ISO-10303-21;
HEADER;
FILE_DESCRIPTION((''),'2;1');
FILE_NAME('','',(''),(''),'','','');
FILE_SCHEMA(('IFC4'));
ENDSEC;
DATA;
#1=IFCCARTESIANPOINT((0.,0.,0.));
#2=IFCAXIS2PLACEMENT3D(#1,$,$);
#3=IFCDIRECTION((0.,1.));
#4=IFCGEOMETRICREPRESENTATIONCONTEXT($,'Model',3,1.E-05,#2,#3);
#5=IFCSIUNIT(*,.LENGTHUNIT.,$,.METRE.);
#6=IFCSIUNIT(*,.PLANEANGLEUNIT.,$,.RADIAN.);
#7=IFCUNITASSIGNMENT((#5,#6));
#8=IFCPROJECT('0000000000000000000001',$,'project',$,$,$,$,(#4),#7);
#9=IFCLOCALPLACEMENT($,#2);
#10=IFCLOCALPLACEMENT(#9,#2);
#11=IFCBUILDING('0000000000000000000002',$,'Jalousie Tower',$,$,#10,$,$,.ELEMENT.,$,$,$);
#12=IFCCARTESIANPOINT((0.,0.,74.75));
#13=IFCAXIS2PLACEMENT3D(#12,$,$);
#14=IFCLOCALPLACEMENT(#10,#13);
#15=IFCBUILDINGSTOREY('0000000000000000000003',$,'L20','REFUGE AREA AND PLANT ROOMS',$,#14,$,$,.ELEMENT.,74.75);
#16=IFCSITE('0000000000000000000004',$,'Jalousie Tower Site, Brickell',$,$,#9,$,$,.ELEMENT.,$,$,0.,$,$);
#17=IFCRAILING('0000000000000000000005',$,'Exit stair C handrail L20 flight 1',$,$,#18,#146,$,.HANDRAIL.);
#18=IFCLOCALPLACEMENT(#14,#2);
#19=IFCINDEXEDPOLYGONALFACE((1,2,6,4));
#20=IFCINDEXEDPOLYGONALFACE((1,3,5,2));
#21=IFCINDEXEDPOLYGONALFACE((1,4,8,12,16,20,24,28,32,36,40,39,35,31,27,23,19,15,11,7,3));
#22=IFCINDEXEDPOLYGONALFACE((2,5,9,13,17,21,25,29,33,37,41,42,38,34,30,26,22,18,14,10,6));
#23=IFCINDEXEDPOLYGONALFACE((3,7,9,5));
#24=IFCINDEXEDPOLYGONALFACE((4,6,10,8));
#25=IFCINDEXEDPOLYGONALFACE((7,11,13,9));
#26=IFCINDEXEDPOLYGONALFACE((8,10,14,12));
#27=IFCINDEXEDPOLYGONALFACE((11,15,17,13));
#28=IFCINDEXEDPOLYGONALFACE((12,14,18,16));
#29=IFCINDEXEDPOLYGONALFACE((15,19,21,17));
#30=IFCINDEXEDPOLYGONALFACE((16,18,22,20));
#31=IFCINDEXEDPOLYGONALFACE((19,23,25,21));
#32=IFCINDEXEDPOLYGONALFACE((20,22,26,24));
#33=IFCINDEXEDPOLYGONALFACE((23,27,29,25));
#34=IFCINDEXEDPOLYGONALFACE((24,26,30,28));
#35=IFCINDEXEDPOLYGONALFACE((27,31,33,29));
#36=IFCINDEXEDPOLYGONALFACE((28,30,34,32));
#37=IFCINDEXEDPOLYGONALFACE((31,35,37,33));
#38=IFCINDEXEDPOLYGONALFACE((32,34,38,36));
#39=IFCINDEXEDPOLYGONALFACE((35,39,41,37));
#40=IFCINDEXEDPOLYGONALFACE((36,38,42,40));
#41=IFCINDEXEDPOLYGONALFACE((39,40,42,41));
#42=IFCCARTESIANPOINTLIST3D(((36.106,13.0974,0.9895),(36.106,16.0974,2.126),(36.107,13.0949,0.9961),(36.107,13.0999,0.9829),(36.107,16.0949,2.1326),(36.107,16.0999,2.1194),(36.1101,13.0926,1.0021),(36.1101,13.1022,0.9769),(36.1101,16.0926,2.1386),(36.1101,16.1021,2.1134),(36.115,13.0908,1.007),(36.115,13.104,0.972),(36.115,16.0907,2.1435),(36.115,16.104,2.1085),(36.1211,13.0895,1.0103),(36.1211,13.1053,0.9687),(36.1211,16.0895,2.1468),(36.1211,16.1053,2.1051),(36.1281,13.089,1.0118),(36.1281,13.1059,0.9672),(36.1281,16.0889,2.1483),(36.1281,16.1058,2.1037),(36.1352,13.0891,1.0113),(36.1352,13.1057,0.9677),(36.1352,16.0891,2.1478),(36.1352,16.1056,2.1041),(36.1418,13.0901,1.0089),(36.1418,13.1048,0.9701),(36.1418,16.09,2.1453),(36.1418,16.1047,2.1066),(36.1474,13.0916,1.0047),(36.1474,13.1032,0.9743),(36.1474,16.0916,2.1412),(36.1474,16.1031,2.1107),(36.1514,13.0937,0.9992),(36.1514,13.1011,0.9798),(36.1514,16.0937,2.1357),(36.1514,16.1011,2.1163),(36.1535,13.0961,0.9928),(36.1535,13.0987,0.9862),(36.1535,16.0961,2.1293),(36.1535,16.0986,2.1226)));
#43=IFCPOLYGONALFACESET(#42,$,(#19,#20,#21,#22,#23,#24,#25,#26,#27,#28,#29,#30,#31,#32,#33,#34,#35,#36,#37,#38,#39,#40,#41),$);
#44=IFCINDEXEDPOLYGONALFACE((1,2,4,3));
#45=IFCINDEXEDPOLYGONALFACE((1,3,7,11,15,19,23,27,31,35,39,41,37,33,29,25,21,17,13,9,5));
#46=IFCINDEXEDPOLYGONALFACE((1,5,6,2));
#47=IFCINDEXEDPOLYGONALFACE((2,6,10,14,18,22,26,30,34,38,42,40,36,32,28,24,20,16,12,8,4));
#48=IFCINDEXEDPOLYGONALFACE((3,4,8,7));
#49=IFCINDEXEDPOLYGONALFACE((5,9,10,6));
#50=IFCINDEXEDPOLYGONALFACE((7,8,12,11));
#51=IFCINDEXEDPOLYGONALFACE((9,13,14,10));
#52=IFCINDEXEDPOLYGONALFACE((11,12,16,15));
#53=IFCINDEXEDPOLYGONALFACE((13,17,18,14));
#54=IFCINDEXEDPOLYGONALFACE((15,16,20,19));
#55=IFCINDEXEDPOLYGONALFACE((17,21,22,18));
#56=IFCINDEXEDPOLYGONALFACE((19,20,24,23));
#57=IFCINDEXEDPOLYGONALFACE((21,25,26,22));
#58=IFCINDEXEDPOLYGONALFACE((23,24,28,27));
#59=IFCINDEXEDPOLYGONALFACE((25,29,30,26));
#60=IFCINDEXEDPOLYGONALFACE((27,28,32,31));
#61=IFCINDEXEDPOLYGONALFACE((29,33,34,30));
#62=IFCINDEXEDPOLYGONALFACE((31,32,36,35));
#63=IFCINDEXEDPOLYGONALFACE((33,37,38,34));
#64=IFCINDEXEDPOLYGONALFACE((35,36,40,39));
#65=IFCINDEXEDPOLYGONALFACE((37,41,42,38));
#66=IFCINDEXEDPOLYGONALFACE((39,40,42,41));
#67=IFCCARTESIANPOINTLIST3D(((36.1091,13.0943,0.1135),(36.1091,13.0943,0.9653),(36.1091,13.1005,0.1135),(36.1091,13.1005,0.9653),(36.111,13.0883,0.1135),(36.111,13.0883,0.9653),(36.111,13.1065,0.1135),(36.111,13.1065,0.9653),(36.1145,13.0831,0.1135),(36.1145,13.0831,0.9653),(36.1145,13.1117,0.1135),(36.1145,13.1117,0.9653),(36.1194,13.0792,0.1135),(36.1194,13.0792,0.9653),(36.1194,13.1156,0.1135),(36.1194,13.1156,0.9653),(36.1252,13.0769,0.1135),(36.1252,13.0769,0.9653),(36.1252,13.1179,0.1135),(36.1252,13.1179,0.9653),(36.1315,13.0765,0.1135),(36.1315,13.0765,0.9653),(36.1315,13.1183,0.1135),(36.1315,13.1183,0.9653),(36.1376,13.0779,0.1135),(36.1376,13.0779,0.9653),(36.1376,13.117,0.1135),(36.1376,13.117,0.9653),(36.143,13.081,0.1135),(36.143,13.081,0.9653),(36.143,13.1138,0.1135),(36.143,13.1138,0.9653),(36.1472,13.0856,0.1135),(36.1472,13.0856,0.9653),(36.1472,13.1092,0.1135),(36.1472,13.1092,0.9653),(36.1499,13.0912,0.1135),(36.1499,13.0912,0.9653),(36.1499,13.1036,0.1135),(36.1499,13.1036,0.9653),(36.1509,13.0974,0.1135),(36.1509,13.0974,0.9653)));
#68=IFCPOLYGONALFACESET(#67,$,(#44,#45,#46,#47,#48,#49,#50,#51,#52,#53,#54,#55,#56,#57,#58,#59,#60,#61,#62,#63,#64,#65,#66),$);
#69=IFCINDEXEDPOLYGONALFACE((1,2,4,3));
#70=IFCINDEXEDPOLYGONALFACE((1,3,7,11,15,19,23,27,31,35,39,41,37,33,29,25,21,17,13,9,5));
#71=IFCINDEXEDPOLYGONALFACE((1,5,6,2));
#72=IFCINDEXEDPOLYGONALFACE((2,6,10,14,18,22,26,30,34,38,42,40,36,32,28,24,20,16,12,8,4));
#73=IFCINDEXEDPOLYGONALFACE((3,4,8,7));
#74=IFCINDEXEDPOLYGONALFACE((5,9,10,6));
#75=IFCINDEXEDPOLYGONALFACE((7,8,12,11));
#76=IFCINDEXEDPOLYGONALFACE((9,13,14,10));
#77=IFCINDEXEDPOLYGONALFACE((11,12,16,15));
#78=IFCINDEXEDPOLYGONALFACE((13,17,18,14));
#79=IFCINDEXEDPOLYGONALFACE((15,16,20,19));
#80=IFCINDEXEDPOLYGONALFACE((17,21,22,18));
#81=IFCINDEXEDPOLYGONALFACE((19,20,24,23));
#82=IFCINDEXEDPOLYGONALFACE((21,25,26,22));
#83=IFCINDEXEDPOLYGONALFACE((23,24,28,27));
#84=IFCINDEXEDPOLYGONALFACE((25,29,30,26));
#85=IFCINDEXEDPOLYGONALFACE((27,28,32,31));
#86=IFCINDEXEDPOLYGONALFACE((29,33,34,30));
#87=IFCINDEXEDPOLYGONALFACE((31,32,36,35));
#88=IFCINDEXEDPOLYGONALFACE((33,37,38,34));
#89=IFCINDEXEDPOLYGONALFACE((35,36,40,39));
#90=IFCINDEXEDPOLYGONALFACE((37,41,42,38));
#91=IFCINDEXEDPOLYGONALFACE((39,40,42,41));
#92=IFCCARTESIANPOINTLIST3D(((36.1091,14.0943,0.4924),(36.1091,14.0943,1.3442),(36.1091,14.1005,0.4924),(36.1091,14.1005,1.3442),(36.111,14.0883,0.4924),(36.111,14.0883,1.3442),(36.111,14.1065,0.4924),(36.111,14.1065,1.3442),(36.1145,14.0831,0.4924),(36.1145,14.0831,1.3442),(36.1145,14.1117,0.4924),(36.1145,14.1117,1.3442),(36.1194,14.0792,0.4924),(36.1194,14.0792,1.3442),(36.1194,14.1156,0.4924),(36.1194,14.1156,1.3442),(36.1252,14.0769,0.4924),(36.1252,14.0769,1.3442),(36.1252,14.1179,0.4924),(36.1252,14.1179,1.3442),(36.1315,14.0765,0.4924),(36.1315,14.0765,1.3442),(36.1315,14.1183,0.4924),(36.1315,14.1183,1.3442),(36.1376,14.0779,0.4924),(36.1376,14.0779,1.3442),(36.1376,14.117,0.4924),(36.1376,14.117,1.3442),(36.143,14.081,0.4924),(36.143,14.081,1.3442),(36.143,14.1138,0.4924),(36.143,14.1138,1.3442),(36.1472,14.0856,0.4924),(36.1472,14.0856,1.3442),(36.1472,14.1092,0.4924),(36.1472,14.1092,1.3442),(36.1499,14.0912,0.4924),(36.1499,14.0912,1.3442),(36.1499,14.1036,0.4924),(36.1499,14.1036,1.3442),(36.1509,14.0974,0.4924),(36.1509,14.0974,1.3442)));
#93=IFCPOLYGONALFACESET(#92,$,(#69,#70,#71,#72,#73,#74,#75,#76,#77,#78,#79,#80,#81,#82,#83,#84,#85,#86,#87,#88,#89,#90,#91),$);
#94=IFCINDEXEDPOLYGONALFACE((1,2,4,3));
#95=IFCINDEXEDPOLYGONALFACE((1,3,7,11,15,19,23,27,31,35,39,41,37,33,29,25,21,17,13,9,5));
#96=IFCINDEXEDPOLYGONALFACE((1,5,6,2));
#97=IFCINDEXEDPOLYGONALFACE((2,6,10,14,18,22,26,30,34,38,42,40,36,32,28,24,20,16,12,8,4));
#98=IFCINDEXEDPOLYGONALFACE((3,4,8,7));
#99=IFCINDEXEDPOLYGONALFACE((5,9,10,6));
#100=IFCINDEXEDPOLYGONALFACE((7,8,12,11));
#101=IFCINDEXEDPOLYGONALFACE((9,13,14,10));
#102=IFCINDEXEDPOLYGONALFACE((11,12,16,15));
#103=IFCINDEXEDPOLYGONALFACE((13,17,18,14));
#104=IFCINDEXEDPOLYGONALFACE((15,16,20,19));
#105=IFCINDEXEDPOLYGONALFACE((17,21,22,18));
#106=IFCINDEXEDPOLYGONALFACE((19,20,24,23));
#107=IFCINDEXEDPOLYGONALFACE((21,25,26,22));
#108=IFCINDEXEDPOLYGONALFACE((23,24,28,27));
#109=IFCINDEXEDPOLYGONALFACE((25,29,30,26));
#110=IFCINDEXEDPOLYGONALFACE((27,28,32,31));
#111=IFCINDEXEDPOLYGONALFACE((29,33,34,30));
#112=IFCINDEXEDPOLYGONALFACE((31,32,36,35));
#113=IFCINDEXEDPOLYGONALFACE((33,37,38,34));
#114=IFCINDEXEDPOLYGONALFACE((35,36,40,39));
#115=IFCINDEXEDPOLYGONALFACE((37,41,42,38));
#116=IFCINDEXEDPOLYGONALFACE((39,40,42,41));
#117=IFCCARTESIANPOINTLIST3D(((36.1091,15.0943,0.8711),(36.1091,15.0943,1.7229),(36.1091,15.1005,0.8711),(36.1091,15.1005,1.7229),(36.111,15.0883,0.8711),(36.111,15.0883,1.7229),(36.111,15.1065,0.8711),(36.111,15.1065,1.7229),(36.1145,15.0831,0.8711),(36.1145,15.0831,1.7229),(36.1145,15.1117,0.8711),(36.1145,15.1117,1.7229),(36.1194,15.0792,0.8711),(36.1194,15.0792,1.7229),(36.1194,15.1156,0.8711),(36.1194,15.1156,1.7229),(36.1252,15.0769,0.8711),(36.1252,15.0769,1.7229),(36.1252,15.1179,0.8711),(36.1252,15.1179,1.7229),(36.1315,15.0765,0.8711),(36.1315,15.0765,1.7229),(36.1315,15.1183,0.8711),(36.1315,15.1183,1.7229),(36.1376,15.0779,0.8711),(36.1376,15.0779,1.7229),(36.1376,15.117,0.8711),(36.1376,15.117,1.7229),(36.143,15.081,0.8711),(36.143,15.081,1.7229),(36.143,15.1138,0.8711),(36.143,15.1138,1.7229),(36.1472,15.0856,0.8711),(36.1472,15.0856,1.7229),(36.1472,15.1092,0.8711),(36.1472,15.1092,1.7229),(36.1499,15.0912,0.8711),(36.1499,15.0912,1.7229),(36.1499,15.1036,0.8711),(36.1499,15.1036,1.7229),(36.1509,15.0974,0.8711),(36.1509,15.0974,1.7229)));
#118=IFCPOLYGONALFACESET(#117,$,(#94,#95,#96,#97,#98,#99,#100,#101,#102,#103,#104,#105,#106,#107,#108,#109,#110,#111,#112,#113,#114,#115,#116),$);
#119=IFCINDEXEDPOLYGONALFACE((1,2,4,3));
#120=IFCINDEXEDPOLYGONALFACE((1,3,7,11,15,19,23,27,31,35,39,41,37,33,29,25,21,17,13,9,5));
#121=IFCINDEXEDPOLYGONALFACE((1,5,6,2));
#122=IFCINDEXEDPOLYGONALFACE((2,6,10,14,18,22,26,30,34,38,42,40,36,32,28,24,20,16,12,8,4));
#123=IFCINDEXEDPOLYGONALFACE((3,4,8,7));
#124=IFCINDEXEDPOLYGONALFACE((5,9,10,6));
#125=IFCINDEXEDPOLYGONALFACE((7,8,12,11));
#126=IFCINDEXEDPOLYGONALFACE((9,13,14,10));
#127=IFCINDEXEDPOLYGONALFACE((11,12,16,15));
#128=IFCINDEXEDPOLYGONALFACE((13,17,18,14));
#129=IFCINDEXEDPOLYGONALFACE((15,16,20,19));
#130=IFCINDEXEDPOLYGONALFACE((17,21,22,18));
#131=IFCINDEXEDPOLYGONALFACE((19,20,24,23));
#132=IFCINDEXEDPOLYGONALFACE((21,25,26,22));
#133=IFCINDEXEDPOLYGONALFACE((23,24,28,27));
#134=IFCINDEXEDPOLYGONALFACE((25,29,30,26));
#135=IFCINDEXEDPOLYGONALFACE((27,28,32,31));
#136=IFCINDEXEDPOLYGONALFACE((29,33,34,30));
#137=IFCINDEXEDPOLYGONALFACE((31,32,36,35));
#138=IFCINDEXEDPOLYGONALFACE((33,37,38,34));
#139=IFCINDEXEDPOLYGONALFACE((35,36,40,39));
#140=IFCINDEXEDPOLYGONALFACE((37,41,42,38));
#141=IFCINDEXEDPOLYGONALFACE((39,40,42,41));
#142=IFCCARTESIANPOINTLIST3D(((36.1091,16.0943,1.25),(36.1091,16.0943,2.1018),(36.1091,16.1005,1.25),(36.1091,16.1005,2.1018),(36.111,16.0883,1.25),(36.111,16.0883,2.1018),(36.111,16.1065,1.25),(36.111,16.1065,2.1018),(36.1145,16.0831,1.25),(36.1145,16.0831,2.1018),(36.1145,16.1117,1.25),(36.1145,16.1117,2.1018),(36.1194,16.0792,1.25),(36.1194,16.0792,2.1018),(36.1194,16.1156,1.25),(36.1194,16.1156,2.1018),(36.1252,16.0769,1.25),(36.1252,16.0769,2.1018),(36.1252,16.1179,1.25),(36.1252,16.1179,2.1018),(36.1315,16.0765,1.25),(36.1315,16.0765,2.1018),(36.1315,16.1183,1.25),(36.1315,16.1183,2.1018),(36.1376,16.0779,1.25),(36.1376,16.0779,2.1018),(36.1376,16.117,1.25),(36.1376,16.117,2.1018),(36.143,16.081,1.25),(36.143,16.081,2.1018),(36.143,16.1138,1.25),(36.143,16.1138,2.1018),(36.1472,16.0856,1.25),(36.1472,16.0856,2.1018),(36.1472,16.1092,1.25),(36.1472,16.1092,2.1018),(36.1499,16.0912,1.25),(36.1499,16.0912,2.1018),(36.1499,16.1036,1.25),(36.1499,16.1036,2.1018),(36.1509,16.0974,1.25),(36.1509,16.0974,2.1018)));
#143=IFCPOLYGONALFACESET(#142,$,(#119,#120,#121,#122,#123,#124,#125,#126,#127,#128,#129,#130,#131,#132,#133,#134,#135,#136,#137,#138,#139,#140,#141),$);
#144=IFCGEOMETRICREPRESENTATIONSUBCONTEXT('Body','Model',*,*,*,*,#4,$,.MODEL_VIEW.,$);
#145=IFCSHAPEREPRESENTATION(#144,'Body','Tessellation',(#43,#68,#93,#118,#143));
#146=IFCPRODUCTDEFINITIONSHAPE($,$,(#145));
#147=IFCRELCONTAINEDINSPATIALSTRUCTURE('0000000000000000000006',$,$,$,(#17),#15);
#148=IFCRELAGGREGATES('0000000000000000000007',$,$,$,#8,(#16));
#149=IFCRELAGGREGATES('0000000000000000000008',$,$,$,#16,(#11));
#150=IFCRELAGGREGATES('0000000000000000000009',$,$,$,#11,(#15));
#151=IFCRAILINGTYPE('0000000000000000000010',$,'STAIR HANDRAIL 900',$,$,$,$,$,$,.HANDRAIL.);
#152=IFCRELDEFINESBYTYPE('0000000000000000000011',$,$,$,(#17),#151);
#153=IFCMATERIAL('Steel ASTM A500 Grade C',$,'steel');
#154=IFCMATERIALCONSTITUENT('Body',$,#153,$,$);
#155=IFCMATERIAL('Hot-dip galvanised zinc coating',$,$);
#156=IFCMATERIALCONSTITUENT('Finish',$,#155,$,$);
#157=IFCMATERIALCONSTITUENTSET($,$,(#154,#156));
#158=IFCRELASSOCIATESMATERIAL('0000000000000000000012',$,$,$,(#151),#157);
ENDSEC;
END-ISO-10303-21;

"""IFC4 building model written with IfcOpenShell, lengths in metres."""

from ifc_helpers import new_model, si_unit, direction, frame, origin, origin_2d, place, context, subcontext, project, spatial, circle, extrude, material, constituent, constituent_set, type_object, element, save


model = new_model("IFC4")

# Units and contexts
model_context = context("Model", 3, precision=1e-05, world=origin(), true_north=direction((0.0, 1.0)))
body_context = subcontext(model_context, "Body", "Model", "MODEL_VIEW")
ifc_project = project(units=[si_unit("LENGTHUNIT", "METRE"), si_unit("PLANEANGLEUNIT", "RADIAN")], contexts=[model_context])

# Site, building, storey
site_placement = place(None, origin())
site = spatial("IfcSite", under=ifc_project, at=site_placement, Name="Jalousie Tower Site, Brickell", CompositionType="ELEMENT", RefElevation=0.0)
building_placement = place(site_placement, origin())
building = spatial("IfcBuilding", under=site, at=building_placement, Name="Jalousie Tower", CompositionType="ELEMENT")
storey_placement = place(building_placement, frame((0.0, 0.0, 74.75)))
storey = spatial("IfcBuildingStorey", under=building, at=storey_placement, Name="L20", Description="REFUGE AREA AND PLANT ROOMS", CompositionType="ELEMENT", Elevation=74.75)

# Railing
ifc_material_1 = material(Name="Steel ASTM A500 Grade C", Category="steel")
ifc_constituent_1 = constituent(ifc_material_1, Name="Body")
ifc_material_2 = material(Name="Hot-dip galvanised zinc coating")
ifc_constituent_2 = constituent(ifc_material_2, Name="Finish")
ifc_constituent_set_1 = constituent_set(constituents=[ifc_constituent_1, ifc_constituent_2])
railing_type_1 = type_object("IfcRailingType", Name="STAIR HANDRAIL 900", PredefinedType="HANDRAIL", material=ifc_constituent_set_1)
for number, where, name in (
    (1, (36.1299, 13.0974, 0.1135), "Exit stair C handrail L20 flight 1"),
):
    element("IfcRailing", number, at=place(storey_placement, frame(where)), inside=storey, type_object=railing_type_1, Name=name, PredefinedType="HANDRAIL", context=body_context, shape_type="SweptSolid", body=[
        extrude(circle(Radius=0.0239, at=origin_2d()), frame((0.0, 0.0, 0.876), z_axis=(0.0, 0.935148, 0.354257), x_axis=(-1.0, 0.0, 0.0)), (0.0, 0.0, 1.0), 3.208),
        extrude(circle(Radius=0.021, at=origin_2d()), origin(), (0.0, 0.0, 1.0), 0.8518),
        extrude(circle(Radius=0.021, at=origin_2d()), frame((0.0, 1.0, 0.3789)), (0.0, 0.0, 1.0), 0.8518),
        extrude(circle(Radius=0.021, at=origin_2d()), frame((0.0, 2.0, 0.7576)), (0.0, 0.0, 1.0), 0.8518),
        extrude(circle(Radius=0.021, at=origin_2d()), frame((0.0, 3.0, 1.1365)), (0.0, 0.0, 1.0), 0.8518),
    ])

save(model, "model.ifc")
